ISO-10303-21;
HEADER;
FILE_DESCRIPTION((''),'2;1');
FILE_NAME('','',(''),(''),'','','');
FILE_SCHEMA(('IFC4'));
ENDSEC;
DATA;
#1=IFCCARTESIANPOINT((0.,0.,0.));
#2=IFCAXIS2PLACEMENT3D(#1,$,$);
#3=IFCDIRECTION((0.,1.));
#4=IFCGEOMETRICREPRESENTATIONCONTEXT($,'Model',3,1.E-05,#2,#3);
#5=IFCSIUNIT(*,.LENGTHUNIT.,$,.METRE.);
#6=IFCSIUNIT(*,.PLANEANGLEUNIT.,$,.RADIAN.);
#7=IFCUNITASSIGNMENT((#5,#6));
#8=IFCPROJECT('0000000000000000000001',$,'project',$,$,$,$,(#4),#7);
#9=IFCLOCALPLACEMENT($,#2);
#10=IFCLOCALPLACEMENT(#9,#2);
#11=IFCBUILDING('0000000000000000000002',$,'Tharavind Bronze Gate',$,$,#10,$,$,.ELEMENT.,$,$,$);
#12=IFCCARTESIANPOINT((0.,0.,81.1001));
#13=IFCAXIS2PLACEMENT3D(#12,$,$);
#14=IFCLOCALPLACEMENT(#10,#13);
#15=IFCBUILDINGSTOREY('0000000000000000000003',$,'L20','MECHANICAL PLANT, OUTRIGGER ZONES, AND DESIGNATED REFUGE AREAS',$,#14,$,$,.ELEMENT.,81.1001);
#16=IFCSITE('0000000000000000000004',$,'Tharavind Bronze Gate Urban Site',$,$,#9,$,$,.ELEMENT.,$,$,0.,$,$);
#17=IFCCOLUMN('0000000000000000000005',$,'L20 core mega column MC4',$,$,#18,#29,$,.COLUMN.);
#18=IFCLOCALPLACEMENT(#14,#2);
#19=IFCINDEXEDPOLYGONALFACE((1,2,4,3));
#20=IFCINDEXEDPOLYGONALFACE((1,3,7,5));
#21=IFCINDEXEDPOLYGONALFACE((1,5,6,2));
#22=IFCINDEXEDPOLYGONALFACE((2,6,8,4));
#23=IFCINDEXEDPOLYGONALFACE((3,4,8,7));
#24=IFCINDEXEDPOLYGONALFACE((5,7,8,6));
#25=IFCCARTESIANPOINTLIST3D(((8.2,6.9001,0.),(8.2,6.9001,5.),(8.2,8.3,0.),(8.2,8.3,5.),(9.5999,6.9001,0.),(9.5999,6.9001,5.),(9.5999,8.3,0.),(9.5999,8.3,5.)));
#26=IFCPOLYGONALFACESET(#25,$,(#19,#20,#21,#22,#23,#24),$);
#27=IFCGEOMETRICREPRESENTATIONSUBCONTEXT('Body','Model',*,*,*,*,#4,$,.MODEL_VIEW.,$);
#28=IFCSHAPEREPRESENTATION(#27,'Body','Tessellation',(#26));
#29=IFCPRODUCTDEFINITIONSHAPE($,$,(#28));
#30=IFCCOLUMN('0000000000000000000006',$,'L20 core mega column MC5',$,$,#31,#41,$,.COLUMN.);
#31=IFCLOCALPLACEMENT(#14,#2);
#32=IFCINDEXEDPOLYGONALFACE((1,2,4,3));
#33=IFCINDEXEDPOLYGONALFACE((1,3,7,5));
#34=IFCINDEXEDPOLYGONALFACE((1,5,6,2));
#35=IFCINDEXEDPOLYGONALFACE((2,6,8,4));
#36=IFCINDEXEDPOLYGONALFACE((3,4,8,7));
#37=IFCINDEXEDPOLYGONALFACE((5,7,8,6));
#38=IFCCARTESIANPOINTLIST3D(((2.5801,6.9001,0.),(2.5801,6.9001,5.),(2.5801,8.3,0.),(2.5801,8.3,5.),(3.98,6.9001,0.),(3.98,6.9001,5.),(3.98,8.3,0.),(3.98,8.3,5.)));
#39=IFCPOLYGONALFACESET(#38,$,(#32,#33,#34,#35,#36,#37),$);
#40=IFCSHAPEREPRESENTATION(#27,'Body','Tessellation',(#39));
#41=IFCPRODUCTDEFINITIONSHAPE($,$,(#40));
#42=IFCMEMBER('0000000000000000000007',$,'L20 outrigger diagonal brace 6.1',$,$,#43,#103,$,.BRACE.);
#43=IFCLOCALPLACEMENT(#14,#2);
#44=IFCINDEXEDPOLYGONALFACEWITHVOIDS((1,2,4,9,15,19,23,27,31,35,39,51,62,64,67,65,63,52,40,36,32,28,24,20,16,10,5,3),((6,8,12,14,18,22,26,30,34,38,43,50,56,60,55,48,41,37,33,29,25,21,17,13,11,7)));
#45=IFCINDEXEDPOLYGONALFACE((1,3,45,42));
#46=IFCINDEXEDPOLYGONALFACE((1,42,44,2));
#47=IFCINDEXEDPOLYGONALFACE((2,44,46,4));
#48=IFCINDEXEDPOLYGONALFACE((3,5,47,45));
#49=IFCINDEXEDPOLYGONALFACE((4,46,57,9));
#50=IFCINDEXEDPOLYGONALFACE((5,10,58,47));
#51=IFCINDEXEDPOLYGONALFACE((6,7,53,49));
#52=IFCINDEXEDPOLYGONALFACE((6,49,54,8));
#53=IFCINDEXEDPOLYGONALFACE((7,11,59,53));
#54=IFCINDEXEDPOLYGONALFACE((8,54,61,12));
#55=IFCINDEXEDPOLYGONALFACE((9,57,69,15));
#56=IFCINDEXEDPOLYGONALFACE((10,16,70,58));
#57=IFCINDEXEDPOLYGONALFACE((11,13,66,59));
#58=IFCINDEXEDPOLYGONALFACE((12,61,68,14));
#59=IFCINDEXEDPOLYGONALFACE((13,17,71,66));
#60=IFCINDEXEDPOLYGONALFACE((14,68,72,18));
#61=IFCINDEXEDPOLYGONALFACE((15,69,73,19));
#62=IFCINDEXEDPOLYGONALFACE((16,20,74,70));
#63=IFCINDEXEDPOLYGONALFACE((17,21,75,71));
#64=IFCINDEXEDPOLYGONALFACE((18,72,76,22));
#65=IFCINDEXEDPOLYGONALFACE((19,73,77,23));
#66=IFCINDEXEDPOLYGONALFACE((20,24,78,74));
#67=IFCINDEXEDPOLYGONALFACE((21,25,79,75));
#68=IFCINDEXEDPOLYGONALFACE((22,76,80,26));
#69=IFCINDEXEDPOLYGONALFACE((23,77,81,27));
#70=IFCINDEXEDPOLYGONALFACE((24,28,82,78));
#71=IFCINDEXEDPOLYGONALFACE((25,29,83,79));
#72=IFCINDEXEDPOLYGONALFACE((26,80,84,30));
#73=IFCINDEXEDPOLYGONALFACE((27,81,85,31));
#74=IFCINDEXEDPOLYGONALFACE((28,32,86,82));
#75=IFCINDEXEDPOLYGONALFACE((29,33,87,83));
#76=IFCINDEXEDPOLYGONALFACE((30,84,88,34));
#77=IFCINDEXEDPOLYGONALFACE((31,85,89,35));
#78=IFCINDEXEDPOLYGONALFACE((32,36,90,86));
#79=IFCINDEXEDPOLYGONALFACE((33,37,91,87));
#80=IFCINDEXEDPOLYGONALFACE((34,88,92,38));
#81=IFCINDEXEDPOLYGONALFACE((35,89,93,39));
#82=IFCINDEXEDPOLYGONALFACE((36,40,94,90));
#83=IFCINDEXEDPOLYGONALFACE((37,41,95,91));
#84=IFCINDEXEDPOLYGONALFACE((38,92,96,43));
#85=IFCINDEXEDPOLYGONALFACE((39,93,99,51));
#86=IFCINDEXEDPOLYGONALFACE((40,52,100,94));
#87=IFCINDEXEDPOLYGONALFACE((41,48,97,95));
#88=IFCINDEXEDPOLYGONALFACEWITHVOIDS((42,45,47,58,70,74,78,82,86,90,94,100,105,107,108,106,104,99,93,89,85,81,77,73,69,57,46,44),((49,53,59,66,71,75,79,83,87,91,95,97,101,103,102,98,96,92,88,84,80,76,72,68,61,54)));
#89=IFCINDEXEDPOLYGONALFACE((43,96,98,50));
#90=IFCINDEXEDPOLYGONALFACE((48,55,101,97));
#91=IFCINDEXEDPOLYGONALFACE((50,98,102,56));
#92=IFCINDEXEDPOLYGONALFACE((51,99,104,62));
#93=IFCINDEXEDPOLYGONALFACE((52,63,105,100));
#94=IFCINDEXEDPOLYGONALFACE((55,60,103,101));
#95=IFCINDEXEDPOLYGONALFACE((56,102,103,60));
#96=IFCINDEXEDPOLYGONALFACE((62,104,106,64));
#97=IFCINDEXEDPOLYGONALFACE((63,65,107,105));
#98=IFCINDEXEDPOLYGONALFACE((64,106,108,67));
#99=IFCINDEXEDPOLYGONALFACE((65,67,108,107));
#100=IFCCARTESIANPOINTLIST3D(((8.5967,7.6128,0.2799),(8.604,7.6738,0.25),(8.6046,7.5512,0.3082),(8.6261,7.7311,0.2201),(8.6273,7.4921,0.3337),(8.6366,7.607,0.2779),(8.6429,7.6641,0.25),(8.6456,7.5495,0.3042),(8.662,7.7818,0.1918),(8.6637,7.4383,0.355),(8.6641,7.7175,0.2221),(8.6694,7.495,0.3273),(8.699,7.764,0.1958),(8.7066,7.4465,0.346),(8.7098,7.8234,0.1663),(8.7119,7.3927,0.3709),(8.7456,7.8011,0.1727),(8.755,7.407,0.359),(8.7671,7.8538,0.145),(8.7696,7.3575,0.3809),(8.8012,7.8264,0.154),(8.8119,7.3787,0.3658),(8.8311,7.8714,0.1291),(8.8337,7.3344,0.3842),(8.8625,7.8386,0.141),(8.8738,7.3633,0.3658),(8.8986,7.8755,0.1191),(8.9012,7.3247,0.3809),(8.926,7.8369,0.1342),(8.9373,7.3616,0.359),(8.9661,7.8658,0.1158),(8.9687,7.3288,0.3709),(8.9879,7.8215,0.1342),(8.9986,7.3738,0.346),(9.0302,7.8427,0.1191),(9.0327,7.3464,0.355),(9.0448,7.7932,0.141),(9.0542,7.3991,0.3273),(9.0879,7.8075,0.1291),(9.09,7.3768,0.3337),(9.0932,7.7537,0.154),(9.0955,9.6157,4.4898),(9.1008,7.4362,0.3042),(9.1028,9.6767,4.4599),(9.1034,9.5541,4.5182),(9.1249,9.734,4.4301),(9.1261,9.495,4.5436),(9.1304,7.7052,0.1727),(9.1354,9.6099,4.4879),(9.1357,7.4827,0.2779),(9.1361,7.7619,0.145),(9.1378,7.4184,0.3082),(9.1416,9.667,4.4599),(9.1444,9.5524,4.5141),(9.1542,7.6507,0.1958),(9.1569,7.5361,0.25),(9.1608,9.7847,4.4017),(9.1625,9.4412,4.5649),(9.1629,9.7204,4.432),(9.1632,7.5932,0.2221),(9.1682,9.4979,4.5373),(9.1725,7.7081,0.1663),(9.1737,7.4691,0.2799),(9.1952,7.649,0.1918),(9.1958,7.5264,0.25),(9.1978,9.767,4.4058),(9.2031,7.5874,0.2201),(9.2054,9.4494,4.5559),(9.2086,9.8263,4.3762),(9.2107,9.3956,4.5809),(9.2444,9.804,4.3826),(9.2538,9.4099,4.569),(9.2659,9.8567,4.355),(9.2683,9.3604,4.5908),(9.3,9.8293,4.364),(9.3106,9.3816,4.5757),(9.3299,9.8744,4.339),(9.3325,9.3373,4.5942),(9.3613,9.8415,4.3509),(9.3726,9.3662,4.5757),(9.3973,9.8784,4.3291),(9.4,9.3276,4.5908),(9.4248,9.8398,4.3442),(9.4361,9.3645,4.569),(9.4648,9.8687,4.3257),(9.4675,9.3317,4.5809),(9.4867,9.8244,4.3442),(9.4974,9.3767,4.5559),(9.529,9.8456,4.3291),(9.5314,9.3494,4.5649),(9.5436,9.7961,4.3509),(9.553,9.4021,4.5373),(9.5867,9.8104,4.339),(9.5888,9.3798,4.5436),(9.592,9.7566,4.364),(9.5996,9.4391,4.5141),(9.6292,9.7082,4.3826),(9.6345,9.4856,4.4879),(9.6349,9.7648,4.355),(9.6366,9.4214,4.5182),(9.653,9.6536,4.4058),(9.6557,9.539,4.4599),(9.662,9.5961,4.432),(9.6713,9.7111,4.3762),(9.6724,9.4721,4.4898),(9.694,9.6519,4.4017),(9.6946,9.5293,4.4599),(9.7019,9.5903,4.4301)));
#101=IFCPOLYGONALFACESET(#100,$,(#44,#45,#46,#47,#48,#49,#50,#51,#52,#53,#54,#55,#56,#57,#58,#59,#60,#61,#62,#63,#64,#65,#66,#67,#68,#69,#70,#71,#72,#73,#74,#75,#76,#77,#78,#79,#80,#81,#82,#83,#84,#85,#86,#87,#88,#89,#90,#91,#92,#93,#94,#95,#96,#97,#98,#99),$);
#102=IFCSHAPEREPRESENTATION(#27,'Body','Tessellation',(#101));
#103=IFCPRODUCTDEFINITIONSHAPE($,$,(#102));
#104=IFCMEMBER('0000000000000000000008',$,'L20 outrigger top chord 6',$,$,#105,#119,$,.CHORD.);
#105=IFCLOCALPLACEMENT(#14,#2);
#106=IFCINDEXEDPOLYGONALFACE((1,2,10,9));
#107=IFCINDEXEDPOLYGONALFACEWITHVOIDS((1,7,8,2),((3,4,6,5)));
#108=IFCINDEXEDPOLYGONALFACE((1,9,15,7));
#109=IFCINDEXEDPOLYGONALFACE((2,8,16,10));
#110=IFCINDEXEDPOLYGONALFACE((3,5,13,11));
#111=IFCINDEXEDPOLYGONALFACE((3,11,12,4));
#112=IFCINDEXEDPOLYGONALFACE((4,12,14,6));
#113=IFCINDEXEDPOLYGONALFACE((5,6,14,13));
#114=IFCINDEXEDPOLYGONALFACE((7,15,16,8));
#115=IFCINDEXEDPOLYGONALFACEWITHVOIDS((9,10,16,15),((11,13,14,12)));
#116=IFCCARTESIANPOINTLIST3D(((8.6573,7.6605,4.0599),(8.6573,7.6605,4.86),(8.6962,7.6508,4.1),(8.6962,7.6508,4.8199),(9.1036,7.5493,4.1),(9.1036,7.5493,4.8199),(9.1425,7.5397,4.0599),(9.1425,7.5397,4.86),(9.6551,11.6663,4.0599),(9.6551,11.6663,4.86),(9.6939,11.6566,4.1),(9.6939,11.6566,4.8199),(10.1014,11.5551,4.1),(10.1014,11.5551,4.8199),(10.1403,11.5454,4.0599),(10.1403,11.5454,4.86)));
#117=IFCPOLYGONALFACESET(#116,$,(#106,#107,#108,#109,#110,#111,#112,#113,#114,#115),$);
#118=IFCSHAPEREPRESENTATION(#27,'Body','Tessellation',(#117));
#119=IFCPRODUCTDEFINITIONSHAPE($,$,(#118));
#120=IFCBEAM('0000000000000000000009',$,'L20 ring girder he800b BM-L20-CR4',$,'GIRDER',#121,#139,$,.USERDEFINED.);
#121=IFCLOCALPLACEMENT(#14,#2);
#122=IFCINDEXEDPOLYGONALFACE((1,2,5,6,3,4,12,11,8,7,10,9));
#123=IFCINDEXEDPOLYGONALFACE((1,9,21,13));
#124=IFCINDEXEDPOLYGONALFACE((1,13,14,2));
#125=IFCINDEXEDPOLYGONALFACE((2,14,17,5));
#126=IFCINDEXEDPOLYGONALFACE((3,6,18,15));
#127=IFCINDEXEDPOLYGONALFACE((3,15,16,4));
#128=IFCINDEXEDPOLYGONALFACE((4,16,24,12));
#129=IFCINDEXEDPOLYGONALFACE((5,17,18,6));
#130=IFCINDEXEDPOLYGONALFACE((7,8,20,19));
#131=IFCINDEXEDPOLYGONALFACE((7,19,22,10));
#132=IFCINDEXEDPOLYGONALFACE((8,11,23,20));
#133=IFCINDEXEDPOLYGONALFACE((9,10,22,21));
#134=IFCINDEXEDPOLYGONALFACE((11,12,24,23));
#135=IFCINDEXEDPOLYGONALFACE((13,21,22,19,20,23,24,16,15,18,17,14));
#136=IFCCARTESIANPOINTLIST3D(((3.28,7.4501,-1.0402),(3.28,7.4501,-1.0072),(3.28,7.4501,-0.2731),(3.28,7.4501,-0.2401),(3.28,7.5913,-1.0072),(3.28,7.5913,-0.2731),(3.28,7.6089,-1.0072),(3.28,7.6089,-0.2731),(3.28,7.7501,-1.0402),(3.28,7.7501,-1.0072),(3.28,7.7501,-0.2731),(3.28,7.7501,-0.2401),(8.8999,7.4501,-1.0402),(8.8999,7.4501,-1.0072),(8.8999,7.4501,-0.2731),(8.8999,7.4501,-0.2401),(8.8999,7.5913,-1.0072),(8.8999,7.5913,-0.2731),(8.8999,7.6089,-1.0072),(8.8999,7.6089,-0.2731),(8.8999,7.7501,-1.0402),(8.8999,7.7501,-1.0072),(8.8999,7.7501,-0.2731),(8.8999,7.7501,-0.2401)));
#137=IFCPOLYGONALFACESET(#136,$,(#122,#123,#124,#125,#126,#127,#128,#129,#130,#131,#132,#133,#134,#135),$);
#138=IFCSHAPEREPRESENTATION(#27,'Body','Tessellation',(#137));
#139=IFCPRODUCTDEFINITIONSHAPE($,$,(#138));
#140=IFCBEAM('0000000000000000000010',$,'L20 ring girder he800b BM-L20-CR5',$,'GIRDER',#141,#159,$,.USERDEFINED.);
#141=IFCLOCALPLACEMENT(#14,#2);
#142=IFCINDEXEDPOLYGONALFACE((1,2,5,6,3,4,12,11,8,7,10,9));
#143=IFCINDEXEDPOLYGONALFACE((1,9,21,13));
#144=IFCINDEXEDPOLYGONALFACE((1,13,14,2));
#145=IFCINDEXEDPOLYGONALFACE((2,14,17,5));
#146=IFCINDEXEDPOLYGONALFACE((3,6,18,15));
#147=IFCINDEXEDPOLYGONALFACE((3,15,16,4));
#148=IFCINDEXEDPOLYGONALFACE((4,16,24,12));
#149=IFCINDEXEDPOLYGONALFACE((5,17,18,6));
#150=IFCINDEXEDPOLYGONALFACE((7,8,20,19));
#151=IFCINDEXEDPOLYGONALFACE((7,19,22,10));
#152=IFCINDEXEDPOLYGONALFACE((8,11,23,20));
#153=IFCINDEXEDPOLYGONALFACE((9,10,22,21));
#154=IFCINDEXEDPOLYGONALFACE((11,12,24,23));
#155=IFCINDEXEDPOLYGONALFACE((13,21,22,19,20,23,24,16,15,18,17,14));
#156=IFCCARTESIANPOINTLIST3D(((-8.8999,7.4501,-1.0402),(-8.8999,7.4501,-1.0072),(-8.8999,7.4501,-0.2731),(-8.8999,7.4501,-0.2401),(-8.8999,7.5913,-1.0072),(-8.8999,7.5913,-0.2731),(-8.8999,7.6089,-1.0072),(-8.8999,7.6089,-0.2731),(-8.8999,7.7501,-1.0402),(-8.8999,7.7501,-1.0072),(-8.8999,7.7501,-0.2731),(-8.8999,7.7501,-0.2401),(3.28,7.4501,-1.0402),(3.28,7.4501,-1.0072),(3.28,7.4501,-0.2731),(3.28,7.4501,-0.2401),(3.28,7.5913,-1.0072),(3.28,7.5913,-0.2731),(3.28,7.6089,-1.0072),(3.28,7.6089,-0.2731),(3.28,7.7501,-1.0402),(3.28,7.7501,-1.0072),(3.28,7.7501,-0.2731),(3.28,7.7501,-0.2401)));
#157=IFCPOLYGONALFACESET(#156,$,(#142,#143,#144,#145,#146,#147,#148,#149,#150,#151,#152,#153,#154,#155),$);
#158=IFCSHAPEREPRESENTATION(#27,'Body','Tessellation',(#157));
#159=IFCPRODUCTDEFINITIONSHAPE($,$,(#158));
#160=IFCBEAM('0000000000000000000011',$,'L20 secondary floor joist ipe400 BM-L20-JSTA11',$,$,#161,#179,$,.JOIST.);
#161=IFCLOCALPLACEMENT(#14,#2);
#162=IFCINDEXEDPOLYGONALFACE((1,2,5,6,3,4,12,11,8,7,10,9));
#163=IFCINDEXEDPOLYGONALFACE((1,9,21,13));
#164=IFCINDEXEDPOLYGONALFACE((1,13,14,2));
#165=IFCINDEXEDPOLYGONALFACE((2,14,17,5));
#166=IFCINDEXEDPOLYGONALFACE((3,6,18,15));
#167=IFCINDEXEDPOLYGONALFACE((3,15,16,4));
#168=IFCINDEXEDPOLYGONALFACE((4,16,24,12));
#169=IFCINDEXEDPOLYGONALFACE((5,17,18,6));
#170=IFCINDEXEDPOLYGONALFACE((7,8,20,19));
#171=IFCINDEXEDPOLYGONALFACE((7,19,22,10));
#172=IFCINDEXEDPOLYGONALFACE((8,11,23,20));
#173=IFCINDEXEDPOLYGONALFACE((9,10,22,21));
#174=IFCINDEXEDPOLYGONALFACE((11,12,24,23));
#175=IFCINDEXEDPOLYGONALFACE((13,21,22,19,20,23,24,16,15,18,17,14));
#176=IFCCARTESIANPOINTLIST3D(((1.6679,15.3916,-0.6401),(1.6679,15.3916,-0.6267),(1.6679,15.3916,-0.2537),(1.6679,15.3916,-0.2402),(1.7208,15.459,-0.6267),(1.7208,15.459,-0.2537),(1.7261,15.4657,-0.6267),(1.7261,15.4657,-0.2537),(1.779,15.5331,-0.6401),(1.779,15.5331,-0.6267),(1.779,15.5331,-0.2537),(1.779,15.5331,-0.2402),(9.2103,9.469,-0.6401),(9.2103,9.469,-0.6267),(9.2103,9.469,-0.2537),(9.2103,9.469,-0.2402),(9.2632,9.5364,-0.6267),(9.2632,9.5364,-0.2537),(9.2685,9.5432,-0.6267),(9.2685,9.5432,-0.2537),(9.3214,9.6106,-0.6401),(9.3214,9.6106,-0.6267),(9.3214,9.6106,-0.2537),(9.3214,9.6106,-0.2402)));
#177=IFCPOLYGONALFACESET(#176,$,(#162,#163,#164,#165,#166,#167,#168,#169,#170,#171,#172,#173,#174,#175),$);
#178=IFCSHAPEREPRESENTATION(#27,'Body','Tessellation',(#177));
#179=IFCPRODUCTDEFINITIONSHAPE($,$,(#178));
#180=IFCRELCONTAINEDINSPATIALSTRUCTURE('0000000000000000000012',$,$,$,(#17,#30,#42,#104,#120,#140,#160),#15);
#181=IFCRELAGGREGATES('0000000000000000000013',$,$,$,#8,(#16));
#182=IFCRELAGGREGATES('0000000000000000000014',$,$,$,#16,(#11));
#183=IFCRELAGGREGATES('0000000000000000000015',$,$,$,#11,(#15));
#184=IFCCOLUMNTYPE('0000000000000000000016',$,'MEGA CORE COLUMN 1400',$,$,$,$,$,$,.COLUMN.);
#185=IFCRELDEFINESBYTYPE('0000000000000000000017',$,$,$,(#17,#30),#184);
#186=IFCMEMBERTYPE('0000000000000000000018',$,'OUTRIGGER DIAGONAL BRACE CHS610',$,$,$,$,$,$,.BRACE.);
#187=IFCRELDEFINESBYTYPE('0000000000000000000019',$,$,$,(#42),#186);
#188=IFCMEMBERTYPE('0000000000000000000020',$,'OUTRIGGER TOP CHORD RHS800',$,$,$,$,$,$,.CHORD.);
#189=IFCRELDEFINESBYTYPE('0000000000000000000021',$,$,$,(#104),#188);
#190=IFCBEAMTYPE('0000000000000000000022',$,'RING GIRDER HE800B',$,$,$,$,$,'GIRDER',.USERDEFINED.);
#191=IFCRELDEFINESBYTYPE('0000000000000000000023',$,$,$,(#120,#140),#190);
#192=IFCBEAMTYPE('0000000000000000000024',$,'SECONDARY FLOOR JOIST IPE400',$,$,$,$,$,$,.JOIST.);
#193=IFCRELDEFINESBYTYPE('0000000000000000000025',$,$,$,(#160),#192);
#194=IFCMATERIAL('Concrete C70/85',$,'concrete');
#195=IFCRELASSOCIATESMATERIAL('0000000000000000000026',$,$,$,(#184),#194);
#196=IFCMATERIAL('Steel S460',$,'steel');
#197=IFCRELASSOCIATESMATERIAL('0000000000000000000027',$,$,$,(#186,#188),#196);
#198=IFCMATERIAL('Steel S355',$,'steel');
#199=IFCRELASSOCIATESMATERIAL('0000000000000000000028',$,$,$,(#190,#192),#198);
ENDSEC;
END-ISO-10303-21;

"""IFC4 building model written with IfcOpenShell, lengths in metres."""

from ifc_helpers import new_model, si_unit, direction, frame, origin, origin_2d, place, context, subcontext, project, spatial, rectangle, hollow_rectangle, hollow_circle, i_section, extrude, material, material_profile, profile_set, type_object, element, save


model = new_model("IFC4")

# Units and contexts
model_context = context("Model", 3, precision=1e-05, world=origin(), true_north=direction((0.0, 1.0)))
body_context = subcontext(model_context, "Body", "Model", "MODEL_VIEW")
ifc_project = project(units=[si_unit("LENGTHUNIT", "METRE"), si_unit("PLANEANGLEUNIT", "RADIAN")], contexts=[model_context])

# Site, building, storey
site_placement = place(None, origin())
site = spatial("IfcSite", under=ifc_project, at=site_placement, Name="Tharavind Bronze Gate Urban Site", CompositionType="ELEMENT", RefElevation=0.0)
building_placement = place(site_placement, origin())
building = spatial("IfcBuilding", under=site, at=building_placement, Name="Tharavind Bronze Gate", CompositionType="ELEMENT")
storey_placement = place(building_placement, frame((0.0, 0.0, 81.1001)))
storey = spatial("IfcBuildingStorey", under=building, at=storey_placement, Name="L20", Description="MECHANICAL PLANT, OUTRIGGER ZONES, AND DESIGNATED REFUGE AREAS", CompositionType="ELEMENT", Elevation=81.1001)

# Columns
ifc_material_1 = material(Name="Concrete C70/85", Category="concrete")
ifc_material_profile_1 = material_profile(ifc_material_1, rectangle(XDim=1.3999, YDim=1.3999, at=origin_2d()), Name="RCCOL1400")
ifc_profile_set_1 = profile_set([ifc_material_profile_1], Name="Concrete C70/85")
column_type = type_object("IfcColumnType", Name="MEGA CORE COLUMN 1400", PredefinedType="COLUMN", material=ifc_profile_set_1)
for number, where, z_axis, x_axis, name in (
    (1, (8.8999, 7.6001, 0.0), (0.0, 0.0, 1.0), (1.0, 0.0, 0.0), "L20 core mega column MC4"),
    (2, (3.28, 7.6001, 0.0), (0.0, 0.0, 1.0), (1.0, 0.0, 0.0), "L20 core mega column MC5"),
):
    element("IfcColumn", number, at=place(storey_placement, frame(where, z_axis=z_axis, x_axis=x_axis)), inside=storey, type_object=column_type, Name=name, PredefinedType="COLUMN", context=body_context, shape_type="SweptSolid", body=[
        extrude(rectangle(XDim=1.3999, YDim=1.3999, at=origin_2d()), origin(), (0.0, 0.0, 1.0), 5.0),
    ])

# Members
ifc_material_2 = material(Name="Steel S460", Category="steel")
ifc_material_profile_2 = material_profile(ifc_material_2, hollow_circle(Radius=0.3049, WallThickness=0.04, at=origin_2d()), Name="CHS610X40")
ifc_profile_set_2 = profile_set([ifc_material_profile_2], Name="Steel S460")
member_type_1 = type_object("IfcMemberType", Name="OUTRIGGER DIAGONAL BRACE CHS610", PredefinedType="BRACE", material=ifc_profile_set_2)
member_1_placement = place(storey_placement, frame((8.8999, 7.6001, 0.25), z_axis=(0.106378, 0.427179, 0.897888), x_axis=(-0.970365, 0.241645, 0.0)))
element("IfcMember", 3, at=member_1_placement, inside=storey, type_object=member_type_1, Name="L20 outrigger diagonal brace 6.1", PredefinedType="BRACE", context=body_context, shape_type="SweptSolid", body=[
    extrude(hollow_circle(Radius=0.3049, WallThickness=0.04, at=origin_2d()), origin(), (0.0, 0.0, 1.0), 4.6887),
])
ifc_material_profile_3 = material_profile(ifc_material_2, hollow_rectangle(XDim=0.5, YDim=0.8, WallThickness=0.04, at=origin_2d()), Name="RHS800X500X40")
ifc_profile_set_3 = profile_set([ifc_material_profile_3], Name="Steel S460")
member_type_2 = type_object("IfcMemberType", Name="OUTRIGGER TOP CHORD RHS800", PredefinedType="CHORD", material=ifc_profile_set_3)
member_2_placement = place(storey_placement, frame((8.8999, 7.6001, 4.46), z_axis=(0.241701, 0.970351, 0.0), x_axis=(-0.970351, 0.241701, 0.0)))
element("IfcMember", 4, at=member_2_placement, inside=storey, type_object=member_type_2, Name="L20 outrigger top chord 6", PredefinedType="CHORD", context=body_context, shape_type="SweptSolid", body=[
    extrude(hollow_rectangle(XDim=0.5, YDim=0.8, WallThickness=0.04, at=origin_2d()), origin(), (0.0, 0.0, 1.0), 4.1282),
])

# Beams
ifc_material_3 = material(Name="Steel S355", Category="steel")
ifc_material_profile_4 = material_profile(ifc_material_3, i_section(OverallWidth=0.3, OverallDepth=0.8, WebThickness=0.0176, FlangeThickness=0.033, at=origin_2d()), Name="HE800B")
ifc_profile_set_4 = profile_set([ifc_material_profile_4], Name="Steel S355")
beam_type_1 = type_object("IfcBeamType", Name="RING GIRDER HE800B", ElementType="GIRDER", PredefinedType="USERDEFINED", material=ifc_profile_set_4)
beam_1_placement = place(storey_placement, frame((8.8999, 7.6001, -0.6401), z_axis=(-1.0, 0.0, 0.0), x_axis=(0.0, -1.0, 0.0)))
element("IfcBeam", 5, at=beam_1_placement, inside=storey, type_object=beam_type_1, Name="L20 ring girder he800b BM-L20-CR4", ObjectType="GIRDER", PredefinedType="USERDEFINED", context=body_context, shape_type="SweptSolid", body=[
    extrude(i_section(OverallWidth=0.3, OverallDepth=0.8, WebThickness=0.0176, FlangeThickness=0.033, at=origin_2d()), origin(), (0.0, 0.0, 1.0), 5.6199),
])
beam_2_placement = place(storey_placement, frame((3.28, 7.6001, -0.6401), z_axis=(-1.0, 0.0, 0.0), x_axis=(0.0, -1.0, 0.0)))
element("IfcBeam", 6, at=beam_2_placement, inside=storey, type_object=beam_type_1, Name="L20 ring girder he800b BM-L20-CR5", ObjectType="GIRDER", PredefinedType="USERDEFINED", context=body_context, shape_type="SweptSolid", body=[
    extrude(i_section(OverallWidth=0.3, OverallDepth=0.8, WebThickness=0.0176, FlangeThickness=0.033, at=origin_2d()), origin(), (0.0, 0.0, 1.0), 12.1799),
])
ifc_material_profile_5 = material_profile(ifc_material_3, i_section(OverallWidth=0.1799, OverallDepth=0.3999, WebThickness=0.0085, FlangeThickness=0.0134, at=origin_2d()), Name="IPE400")
ifc_profile_set_5 = profile_set([ifc_material_profile_5], Name="Steel S355")
beam_type_2 = type_object("IfcBeamType", Name="SECONDARY FLOOR JOIST IPE400", PredefinedType="JOIST", material=ifc_profile_set_5)
beam_3_placement = place(storey_placement, frame((9.2659, 9.5398, -0.4402), z_axis=(-0.786502, 0.617588, 0.0), x_axis=(-0.617588, -0.786502, 0.0)))
element("IfcBeam", 7, at=beam_3_placement, inside=storey, type_object=beam_type_2, Name="L20 secondary floor joist ipe400 BM-L20-JSTA11", PredefinedType="JOIST", context=body_context, shape_type="SweptSolid", body=[
    extrude(i_section(OverallWidth=0.1799, OverallDepth=0.3999, WebThickness=0.0085, FlangeThickness=0.0134, at=origin_2d()), origin(), (0.0, 0.0, 1.0), 9.5898),
])

save(model, "model.ifc")
